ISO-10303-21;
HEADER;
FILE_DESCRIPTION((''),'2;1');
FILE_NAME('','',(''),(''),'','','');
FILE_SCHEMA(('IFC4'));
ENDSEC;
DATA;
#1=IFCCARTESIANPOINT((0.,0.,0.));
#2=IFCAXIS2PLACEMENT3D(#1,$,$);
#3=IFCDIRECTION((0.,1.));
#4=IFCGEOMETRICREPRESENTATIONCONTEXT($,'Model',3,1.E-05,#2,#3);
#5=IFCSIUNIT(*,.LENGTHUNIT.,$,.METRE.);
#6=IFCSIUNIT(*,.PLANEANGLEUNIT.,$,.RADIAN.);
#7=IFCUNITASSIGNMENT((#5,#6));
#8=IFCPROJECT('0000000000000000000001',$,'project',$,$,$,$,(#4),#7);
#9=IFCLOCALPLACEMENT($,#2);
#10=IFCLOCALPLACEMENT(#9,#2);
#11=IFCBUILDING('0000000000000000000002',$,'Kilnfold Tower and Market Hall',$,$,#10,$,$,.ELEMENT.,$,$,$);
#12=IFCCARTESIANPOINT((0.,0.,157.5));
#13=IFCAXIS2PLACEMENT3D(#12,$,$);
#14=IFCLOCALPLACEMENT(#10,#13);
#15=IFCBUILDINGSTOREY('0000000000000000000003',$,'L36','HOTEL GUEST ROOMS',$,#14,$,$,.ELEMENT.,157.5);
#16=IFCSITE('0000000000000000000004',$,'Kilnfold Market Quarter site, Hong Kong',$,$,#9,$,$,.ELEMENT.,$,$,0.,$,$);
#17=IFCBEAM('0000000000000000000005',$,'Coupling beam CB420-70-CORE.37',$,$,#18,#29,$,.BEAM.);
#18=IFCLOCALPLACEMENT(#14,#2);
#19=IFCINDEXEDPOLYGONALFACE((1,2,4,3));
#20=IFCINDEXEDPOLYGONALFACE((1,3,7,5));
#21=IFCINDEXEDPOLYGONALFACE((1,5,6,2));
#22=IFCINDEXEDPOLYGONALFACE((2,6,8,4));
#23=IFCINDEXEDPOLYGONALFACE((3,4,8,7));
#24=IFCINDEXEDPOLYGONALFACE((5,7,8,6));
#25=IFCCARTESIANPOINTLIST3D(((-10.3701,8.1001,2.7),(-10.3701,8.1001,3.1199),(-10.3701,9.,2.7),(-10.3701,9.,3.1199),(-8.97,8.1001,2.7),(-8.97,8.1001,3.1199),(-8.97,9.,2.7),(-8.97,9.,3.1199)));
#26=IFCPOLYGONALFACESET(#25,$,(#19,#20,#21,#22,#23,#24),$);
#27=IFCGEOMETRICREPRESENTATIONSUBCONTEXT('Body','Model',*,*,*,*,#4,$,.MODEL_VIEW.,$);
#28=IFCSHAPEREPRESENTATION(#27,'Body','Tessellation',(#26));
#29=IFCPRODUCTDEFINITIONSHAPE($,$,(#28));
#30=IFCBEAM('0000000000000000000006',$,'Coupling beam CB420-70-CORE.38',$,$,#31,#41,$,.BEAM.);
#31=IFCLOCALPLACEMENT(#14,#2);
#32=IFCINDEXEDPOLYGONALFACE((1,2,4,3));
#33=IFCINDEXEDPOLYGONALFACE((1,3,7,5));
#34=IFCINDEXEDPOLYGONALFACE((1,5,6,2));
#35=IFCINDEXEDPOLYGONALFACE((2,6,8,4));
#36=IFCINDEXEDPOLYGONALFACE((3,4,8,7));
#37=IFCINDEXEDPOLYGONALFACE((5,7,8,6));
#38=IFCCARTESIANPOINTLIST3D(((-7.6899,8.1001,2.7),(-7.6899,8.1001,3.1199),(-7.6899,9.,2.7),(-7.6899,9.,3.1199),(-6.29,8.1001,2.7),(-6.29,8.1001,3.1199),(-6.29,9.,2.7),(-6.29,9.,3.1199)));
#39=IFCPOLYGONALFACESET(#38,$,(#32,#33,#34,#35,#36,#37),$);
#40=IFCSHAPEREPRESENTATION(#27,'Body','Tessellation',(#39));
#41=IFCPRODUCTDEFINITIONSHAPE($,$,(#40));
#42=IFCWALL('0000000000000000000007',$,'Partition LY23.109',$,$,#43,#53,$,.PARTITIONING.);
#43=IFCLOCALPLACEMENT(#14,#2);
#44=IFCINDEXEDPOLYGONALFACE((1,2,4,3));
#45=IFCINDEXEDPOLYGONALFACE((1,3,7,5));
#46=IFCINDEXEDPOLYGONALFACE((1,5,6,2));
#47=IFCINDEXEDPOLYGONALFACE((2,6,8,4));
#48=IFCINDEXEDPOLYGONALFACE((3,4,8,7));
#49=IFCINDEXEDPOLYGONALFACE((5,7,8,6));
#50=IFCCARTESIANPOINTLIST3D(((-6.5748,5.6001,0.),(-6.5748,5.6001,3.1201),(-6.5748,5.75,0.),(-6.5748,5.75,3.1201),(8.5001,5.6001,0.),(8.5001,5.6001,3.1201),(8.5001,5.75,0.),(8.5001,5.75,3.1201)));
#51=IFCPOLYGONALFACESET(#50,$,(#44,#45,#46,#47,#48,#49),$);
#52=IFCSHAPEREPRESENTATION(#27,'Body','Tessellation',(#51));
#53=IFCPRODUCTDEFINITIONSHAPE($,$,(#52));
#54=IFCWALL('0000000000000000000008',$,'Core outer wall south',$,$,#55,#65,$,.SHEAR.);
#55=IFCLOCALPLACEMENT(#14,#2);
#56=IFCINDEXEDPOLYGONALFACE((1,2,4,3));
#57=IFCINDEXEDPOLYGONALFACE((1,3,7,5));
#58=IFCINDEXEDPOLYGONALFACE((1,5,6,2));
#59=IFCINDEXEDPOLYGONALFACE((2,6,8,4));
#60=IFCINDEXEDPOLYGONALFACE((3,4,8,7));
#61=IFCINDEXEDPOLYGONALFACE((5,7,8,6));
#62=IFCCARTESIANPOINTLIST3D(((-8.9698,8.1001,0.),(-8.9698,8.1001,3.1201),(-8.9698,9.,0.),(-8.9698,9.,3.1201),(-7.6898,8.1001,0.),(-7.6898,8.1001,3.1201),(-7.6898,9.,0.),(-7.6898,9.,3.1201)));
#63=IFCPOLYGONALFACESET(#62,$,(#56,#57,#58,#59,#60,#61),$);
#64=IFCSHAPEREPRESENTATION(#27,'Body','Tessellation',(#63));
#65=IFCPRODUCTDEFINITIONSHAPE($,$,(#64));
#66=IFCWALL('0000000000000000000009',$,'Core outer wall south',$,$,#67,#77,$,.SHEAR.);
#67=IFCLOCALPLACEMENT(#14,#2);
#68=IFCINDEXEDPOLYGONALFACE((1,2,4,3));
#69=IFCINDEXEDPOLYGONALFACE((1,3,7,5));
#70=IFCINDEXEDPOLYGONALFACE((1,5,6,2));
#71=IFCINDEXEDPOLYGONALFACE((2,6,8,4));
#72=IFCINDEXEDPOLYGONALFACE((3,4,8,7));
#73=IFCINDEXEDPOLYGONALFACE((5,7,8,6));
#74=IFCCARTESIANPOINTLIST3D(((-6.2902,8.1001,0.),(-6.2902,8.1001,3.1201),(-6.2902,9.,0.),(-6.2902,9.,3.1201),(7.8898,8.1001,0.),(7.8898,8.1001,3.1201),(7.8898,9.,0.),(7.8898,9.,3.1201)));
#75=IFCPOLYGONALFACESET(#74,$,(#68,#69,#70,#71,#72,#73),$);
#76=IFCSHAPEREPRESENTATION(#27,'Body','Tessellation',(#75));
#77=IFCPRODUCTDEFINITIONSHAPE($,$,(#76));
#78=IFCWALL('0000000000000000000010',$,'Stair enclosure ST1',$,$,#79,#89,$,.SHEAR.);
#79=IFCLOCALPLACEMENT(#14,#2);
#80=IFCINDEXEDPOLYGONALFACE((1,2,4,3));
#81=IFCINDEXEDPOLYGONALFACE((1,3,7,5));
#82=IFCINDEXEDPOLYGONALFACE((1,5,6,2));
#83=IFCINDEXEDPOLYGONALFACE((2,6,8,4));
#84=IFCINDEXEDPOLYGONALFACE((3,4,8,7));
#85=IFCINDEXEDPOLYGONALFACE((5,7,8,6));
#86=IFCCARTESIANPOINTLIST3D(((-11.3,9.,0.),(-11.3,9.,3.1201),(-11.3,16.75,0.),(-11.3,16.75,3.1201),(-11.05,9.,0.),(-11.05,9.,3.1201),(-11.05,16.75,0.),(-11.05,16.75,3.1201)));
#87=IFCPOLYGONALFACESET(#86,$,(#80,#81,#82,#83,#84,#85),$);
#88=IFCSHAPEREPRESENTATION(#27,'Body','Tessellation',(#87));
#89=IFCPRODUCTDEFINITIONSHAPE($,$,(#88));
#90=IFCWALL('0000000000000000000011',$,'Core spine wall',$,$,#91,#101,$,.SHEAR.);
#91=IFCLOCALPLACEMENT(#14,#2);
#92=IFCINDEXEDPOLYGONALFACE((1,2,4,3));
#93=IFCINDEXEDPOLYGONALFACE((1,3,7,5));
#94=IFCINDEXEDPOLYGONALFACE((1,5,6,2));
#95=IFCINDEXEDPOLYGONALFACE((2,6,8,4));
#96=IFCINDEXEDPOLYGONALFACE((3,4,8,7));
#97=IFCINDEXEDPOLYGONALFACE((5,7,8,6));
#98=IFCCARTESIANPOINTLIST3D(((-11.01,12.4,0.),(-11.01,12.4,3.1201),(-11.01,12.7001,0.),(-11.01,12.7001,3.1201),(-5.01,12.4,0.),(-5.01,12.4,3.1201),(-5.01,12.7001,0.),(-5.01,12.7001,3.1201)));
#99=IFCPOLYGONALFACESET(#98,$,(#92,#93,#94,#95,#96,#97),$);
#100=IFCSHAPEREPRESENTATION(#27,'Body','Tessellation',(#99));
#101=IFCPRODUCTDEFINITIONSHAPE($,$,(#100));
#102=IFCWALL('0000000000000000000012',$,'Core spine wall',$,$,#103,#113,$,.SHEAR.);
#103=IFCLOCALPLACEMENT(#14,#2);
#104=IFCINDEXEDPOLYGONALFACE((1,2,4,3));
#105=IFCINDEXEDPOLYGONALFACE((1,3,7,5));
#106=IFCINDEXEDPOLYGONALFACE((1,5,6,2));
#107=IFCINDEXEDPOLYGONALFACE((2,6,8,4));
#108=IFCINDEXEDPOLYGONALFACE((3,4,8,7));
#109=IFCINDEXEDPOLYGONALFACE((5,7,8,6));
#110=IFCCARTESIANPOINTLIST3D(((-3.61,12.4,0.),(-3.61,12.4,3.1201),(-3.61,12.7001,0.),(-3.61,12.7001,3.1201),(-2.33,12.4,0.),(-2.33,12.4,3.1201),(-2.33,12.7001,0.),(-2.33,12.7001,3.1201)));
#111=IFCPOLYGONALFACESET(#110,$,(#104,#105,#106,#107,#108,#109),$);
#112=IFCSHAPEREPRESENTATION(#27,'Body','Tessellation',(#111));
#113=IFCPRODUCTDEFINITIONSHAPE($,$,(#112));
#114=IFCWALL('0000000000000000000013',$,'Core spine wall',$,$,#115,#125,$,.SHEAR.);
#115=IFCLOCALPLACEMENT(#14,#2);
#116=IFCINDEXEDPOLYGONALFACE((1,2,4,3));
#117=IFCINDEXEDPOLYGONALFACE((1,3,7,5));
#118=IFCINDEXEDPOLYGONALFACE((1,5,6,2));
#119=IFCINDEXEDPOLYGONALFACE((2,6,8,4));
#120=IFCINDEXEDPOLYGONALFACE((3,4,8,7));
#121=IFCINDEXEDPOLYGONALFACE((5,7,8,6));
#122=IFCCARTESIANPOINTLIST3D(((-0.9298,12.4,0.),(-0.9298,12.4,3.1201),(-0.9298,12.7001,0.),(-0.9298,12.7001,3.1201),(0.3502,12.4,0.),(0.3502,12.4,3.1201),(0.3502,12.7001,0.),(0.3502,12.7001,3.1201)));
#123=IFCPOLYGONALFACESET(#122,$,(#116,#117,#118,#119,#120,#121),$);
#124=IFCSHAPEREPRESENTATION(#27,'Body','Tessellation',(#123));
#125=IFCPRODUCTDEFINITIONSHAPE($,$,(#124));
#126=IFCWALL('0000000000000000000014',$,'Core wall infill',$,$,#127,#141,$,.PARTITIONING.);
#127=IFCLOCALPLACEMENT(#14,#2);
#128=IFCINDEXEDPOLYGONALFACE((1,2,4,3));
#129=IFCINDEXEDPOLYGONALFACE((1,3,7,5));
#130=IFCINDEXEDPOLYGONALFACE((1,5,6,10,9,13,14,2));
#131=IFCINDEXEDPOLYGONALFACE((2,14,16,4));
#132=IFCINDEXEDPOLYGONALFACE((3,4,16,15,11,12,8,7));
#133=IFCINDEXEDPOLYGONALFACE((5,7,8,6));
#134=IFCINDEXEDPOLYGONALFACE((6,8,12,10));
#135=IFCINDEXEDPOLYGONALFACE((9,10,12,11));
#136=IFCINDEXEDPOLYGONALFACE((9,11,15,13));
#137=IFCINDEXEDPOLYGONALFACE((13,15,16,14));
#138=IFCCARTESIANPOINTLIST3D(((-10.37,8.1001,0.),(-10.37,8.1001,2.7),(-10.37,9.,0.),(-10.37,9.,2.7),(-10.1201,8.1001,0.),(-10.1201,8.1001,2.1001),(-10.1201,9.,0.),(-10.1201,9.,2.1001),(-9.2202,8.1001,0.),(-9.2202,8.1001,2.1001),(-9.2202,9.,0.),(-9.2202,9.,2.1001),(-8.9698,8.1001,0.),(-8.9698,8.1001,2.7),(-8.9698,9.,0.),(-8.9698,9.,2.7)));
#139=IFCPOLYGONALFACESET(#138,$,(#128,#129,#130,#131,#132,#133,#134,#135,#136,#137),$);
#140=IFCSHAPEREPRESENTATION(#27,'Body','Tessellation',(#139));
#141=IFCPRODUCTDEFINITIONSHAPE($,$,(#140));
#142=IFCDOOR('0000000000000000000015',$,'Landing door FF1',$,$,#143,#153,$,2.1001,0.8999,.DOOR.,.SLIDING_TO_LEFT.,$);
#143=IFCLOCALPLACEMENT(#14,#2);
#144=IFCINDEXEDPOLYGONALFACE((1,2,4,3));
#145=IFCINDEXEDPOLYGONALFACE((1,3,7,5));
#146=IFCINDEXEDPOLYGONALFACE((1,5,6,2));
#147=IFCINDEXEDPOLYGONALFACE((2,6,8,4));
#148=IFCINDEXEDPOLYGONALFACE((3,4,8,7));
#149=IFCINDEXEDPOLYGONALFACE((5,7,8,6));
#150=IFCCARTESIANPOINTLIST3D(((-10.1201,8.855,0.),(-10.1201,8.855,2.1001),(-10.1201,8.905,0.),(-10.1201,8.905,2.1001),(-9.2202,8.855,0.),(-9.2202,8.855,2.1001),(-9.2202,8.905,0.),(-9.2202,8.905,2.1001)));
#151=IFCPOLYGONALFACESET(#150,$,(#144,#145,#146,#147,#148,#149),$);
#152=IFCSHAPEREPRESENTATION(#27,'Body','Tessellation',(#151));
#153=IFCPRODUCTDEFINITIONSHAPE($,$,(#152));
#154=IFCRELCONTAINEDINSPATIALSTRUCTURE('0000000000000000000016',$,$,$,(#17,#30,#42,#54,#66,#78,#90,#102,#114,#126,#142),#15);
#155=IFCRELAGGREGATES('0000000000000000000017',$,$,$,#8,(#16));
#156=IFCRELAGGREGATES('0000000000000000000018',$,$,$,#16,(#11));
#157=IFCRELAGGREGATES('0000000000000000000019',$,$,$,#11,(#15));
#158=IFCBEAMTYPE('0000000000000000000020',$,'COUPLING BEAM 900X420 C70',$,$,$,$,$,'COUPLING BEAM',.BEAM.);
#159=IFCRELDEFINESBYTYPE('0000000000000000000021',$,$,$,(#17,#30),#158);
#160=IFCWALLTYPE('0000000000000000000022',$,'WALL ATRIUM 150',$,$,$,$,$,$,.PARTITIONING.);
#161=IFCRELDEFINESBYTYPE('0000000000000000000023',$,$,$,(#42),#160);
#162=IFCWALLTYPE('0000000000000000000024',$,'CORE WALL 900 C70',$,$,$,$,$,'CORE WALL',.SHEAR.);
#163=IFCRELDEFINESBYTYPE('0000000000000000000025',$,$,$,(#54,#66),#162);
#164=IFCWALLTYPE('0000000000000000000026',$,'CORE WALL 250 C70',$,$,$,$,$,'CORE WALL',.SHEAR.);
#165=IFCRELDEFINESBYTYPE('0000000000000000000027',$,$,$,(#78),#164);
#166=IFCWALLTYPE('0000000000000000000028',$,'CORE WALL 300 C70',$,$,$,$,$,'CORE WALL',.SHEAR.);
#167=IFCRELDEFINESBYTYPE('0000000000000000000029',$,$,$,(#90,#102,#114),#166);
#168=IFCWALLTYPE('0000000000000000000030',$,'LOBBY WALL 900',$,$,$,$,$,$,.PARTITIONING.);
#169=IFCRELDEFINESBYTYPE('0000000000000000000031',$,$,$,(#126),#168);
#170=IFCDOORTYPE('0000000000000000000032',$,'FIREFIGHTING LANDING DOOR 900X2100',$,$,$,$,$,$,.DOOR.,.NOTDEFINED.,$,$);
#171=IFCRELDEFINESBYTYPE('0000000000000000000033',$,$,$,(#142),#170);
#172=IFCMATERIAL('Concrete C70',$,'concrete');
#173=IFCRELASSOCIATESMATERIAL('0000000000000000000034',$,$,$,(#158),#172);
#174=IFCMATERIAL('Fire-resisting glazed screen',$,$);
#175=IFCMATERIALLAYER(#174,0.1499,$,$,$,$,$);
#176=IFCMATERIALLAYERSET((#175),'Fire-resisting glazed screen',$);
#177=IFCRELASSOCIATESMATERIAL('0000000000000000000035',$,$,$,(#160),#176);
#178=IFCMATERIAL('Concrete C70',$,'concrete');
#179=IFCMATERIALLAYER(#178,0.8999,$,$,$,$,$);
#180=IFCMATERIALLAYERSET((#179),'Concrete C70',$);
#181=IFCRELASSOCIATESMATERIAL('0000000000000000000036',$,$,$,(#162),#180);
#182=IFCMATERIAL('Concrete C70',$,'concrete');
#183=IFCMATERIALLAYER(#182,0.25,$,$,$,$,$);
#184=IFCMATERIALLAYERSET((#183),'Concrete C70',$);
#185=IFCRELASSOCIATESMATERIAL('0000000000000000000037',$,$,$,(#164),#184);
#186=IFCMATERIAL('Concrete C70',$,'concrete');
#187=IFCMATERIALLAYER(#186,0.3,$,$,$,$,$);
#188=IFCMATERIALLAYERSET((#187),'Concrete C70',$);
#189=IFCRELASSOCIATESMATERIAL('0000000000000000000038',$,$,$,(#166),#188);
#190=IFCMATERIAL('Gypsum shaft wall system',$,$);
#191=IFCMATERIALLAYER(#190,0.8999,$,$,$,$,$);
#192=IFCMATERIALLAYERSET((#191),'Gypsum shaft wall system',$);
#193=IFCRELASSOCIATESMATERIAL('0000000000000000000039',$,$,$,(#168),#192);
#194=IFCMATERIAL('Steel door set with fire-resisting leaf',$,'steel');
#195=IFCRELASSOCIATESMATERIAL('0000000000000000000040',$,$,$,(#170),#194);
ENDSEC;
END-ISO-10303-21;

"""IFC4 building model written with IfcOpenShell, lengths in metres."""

from ifc_helpers import new_model, si_unit, direction, frame, frame_2d, origin, origin_2d, place, context, subcontext, project, spatial, rectangle, extrude, source, transform, mapped, material, layer, layer_set, material_profile, profile_set, type_object, element, fill, save


model = new_model("IFC4")

# Units and contexts
model_context = context("Model", 3, precision=1e-05, world=origin(), true_north=direction((0.0, 1.0)))
body_context = subcontext(model_context, "Body", "Model", "MODEL_VIEW")
ifc_project = project(units=[si_unit("LENGTHUNIT", "METRE"), si_unit("PLANEANGLEUNIT", "RADIAN")], contexts=[model_context])

# Site, building, storey
site_placement = place(None, origin())
site = spatial("IfcSite", under=ifc_project, at=site_placement, Name="Kilnfold Market Quarter site, Hong Kong", CompositionType="ELEMENT", RefElevation=0.0)
building_placement = place(site_placement, origin())
building = spatial("IfcBuilding", under=site, at=building_placement, Name="Kilnfold Tower and Market Hall", CompositionType="ELEMENT")
storey_placement = place(building_placement, frame((0.0, 0.0, 157.5)))
storey = spatial("IfcBuildingStorey", under=building, at=storey_placement, Name="L36", Description="HOTEL GUEST ROOMS", CompositionType="ELEMENT", Elevation=157.5)

# Beams
ifc_material_1 = material(Name="Concrete C70", Category="concrete")
ifc_material_profile = material_profile(ifc_material_1, rectangle(XDim=0.8999, YDim=0.4199, at=origin_2d()), Name="RC 900x420")
ifc_profile_set = profile_set([ifc_material_profile], Name="Concrete C70")
beam_type = type_object("IfcBeamType", Name="COUPLING BEAM 900X420 C70", ElementType="COUPLING BEAM", PredefinedType="BEAM", material=ifc_profile_set)
shared_shape_1 = source(origin(), body_context, "Body", "SweptSolid", [
    extrude(rectangle(XDim=0.8999, YDim=0.4199, at=origin_2d()), origin(), (0.0, 0.0, 1.0), 1.4001),
])
beam_1_placement = place(storey_placement, frame((-10.3701, 8.55, 2.9099), z_axis=(1.0, 0.0, 0.0), x_axis=(0.0, 1.0, 0.0)))
element("IfcBeam", 1, at=beam_1_placement, inside=storey, type_object=beam_type, Name="Coupling beam CB420-70-CORE.37", PredefinedType="BEAM", context=body_context, shape_type="MappedRepresentation", body=[
    mapped(shared_shape_1, transform((0.0, 0.0, 0.0))),
])
shared_shape_2 = source(origin(), body_context, "Body", "SweptSolid", [
    extrude(rectangle(XDim=0.8999, YDim=0.4199, at=origin_2d()), origin(), (0.0, 0.0, 1.0), 1.3999),
])
beam_2_placement = place(storey_placement, frame((-7.6899, 8.55, 2.9099), z_axis=(1.0, 0.0, 0.0), x_axis=(0.0, 1.0, 0.0)))
element("IfcBeam", 2, at=beam_2_placement, inside=storey, type_object=beam_type, Name="Coupling beam CB420-70-CORE.38", PredefinedType="BEAM", context=body_context, shape_type="MappedRepresentation", body=[
    mapped(shared_shape_2, transform((0.0, 0.0, 0.0))),
])

# Walls
ifc_material_2 = material(Name="Fire-resisting glazed screen")
ifc_layer_1 = layer(ifc_material_2, 0.1499)
ifc_layer_set_1 = layer_set([ifc_layer_1], Name="Fire-resisting glazed screen")
wall_type_1 = type_object("IfcWallType", Name="WALL ATRIUM 150", PredefinedType="PARTITIONING", material=ifc_layer_set_1)
wall_1_placement = place(storey_placement, frame((-6.575, 5.675, 0.0), z_axis=(0.0, 0.0, 1.0), x_axis=(1.0, 0.0, 0.0)))
element("IfcWall", 3, at=wall_1_placement, inside=storey, type_object=wall_type_1, Name="Partition LY23.109", PredefinedType="PARTITIONING", context=body_context, shape_type="SweptSolid", body=[
    extrude(rectangle(XDim=15.075, YDim=0.1499, at=frame_2d((7.5376, 0.0))), origin(), (0.0, 0.0, 1.0), 3.1201),
])
ifc_material_3 = material(Name="Concrete C70", Category="concrete")
ifc_layer_2 = layer(ifc_material_3, 0.8999)
ifc_layer_set_2 = layer_set([ifc_layer_2], Name="Concrete C70")
wall_type_2 = type_object("IfcWallType", Name="CORE WALL 900 C70", ElementType="CORE WALL", PredefinedType="SHEAR", material=ifc_layer_set_2)
shared_shape_3 = source(origin(), body_context, "Body", "SweptSolid", [
    extrude(rectangle(XDim=1.28, YDim=0.8999, at=frame_2d((0.6401, 0.0))), origin(), (0.0, 0.0, 1.0), 3.1201),
])
wall_2_placement = place(storey_placement, frame((-8.97, 8.55, 0.0), z_axis=(0.0, 0.0, 1.0), x_axis=(1.0, 0.0, 0.0)))
element("IfcWall", 4, at=wall_2_placement, inside=storey, type_object=wall_type_2, Name="Core outer wall south", PredefinedType="SHEAR", context=body_context, shape_type="MappedRepresentation", body=[
    mapped(shared_shape_3, transform((0.0, 0.0, 0.0))),
])
shared_shape_4 = source(origin(), body_context, "Body", "SweptSolid", [
    extrude(rectangle(XDim=14.1799, YDim=0.8999, at=frame_2d((7.0898, 0.0))), origin(), (0.0, 0.0, 1.0), 3.1201),
])
wall_3_placement = place(storey_placement, frame((-6.29, 8.55, 0.0), z_axis=(0.0, 0.0, 1.0), x_axis=(1.0, 0.0, 0.0)))
element("IfcWall", 5, at=wall_3_placement, inside=storey, type_object=wall_type_2, Name="Core outer wall south", PredefinedType="SHEAR", context=body_context, shape_type="MappedRepresentation", body=[
    mapped(shared_shape_4, transform((0.0, 0.0, 0.0))),
])
ifc_material_4 = material(Name="Concrete C70", Category="concrete")
ifc_layer_3 = layer(ifc_material_4, 0.25)
ifc_layer_set_3 = layer_set([ifc_layer_3], Name="Concrete C70")
wall_type_3 = type_object("IfcWallType", Name="CORE WALL 250 C70", ElementType="CORE WALL", PredefinedType="SHEAR", material=ifc_layer_set_3)
shared_shape_5 = source(origin(), body_context, "Body", "SweptSolid", [
    extrude(rectangle(XDim=7.75, YDim=0.25, at=frame_2d((3.875, 0.0))), origin(), (0.0, 0.0, 1.0), 3.1201),
])
wall_4_placement = place(storey_placement, frame((-11.175, 9.0, 0.0), z_axis=(0.0, 0.0, 1.0), x_axis=(0.0, 1.0, 0.0)))
element("IfcWall", 6, at=wall_4_placement, inside=storey, type_object=wall_type_3, Name="Stair enclosure ST1", PredefinedType="SHEAR", context=body_context, shape_type="MappedRepresentation", body=[
    mapped(shared_shape_5, transform((0.0, 0.0, 0.0))),
])
ifc_material_5 = material(Name="Concrete C70", Category="concrete")
ifc_layer_4 = layer(ifc_material_5, 0.3)
ifc_layer_set_4 = layer_set([ifc_layer_4], Name="Concrete C70")
wall_type_4 = type_object("IfcWallType", Name="CORE WALL 300 C70", ElementType="CORE WALL", PredefinedType="SHEAR", material=ifc_layer_set_4)
shared_shape_6 = source(origin(), body_context, "Body", "SweptSolid", [
    extrude(rectangle(XDim=6.0, YDim=0.3, at=frame_2d((3.0, 0.0))), origin(), (0.0, 0.0, 1.0), 3.1201),
])
wall_5_placement = place(storey_placement, frame((-11.01, 12.55, 0.0), z_axis=(0.0, 0.0, 1.0), x_axis=(1.0, 0.0, 0.0)))
element("IfcWall", 7, at=wall_5_placement, inside=storey, type_object=wall_type_4, Name="Core spine wall", PredefinedType="SHEAR", context=body_context, shape_type="MappedRepresentation", body=[
    mapped(shared_shape_6, transform((0.0, 0.0, 0.0))),
])
shared_shape_7 = source(origin(), body_context, "Body", "SweptSolid", [
    extrude(rectangle(XDim=1.28, YDim=0.3, at=frame_2d((0.6401, 0.0))), origin(), (0.0, 0.0, 1.0), 3.1201),
])
for number, where, z_axis, x_axis, name in (
    (8, (-3.6101, 12.55, 0.0), (0.0, 0.0, 1.0), (1.0, 0.0, 0.0), "Core spine wall"),
    (9, (-0.9299, 12.55, 0.0), (0.0, 0.0, 1.0), (1.0, 0.0, 0.0), "Core spine wall"),
):
    element("IfcWall", number, at=place(storey_placement, frame(where, z_axis=z_axis, x_axis=x_axis)), inside=storey, type_object=wall_type_4, Name=name, PredefinedType="SHEAR", context=body_context, shape_type="MappedRepresentation", body=[
        mapped(shared_shape_7, transform((0.0, 0.0, 0.0))),
    ])

# Wall, opening, door
ifc_material_6 = material(Name="Gypsum shaft wall system")
ifc_layer_5 = layer(ifc_material_6, 0.8999)
ifc_layer_set_5 = layer_set([ifc_layer_5], Name="Gypsum shaft wall system")
wall_type_5 = type_object("IfcWallType", Name="LOBBY WALL 900", PredefinedType="PARTITIONING", material=ifc_layer_set_5)
shared_shape_8 = source(origin(), body_context, "Body", "SweptSolid", [
    extrude(rectangle(XDim=1.4001, YDim=0.8999, at=frame_2d((0.7002, 0.0))), origin(), (0.0, 0.0, 1.0), 2.7),
])
wall_6_placement = place(storey_placement, frame((-10.3701, 8.55, 0.0), z_axis=(0.0, 0.0, 1.0), x_axis=(1.0, 0.0, 0.0)))
wall_6 = element("IfcWall", 10, at=wall_6_placement, inside=storey, type_object=wall_type_5, Name="Core wall infill", PredefinedType="PARTITIONING", context=body_context, shape_type="MappedRepresentation", body=[
    mapped(shared_shape_8, transform((0.0, 0.0, 0.0))),
])
opening_1_placement = place(wall_6_placement, frame((0.25, 0.0, 0.0)))
opening_1 = element("IfcOpeningElement", 11, at=opening_1_placement, cuts=wall_6, PredefinedType="OPENING", context=body_context, shape_type="SweptSolid", body=[
    extrude(rectangle(XDim=0.8999, YDim=2.1001, at=frame_2d((0.45, 1.05))), frame((0.0, 0.46, 0.0), z_axis=(0.0, -1.0, 0.0), x_axis=(1.0, 0.0, 0.0)), (0.0, 0.0, 1.0), 0.9199),
])
ifc_material_7 = material(Name="Steel door set with fire-resisting leaf", Category="steel")
door_type_1 = type_object("IfcDoorType", Name="FIREFIGHTING LANDING DOOR 900X2100", OperationType="NOTDEFINED", PredefinedType="DOOR", material=ifc_material_7)
door_1_placement = place(opening_1_placement, origin())
door_1 = element("IfcDoor", 12, at=door_1_placement, inside=storey, type_object=door_type_1, Name="Landing door FF1", OperationType="SLIDING_TO_LEFT", OverallHeight=2.1001, OverallWidth=0.8999, PredefinedType="DOOR", context=body_context, shape_type="SweptSolid", body=[
    extrude(rectangle(XDim=0.8999, YDim=2.1001, at=frame_2d((0.45, 1.05))), frame((0.0, 0.355, 0.0), z_axis=(0.0, -1.0, 0.0), x_axis=(1.0, 0.0, 0.0)), (0.0, 0.0, 1.0), 0.05),
])
fill(opening_1, door_1)

save(model, "model.ifc")
